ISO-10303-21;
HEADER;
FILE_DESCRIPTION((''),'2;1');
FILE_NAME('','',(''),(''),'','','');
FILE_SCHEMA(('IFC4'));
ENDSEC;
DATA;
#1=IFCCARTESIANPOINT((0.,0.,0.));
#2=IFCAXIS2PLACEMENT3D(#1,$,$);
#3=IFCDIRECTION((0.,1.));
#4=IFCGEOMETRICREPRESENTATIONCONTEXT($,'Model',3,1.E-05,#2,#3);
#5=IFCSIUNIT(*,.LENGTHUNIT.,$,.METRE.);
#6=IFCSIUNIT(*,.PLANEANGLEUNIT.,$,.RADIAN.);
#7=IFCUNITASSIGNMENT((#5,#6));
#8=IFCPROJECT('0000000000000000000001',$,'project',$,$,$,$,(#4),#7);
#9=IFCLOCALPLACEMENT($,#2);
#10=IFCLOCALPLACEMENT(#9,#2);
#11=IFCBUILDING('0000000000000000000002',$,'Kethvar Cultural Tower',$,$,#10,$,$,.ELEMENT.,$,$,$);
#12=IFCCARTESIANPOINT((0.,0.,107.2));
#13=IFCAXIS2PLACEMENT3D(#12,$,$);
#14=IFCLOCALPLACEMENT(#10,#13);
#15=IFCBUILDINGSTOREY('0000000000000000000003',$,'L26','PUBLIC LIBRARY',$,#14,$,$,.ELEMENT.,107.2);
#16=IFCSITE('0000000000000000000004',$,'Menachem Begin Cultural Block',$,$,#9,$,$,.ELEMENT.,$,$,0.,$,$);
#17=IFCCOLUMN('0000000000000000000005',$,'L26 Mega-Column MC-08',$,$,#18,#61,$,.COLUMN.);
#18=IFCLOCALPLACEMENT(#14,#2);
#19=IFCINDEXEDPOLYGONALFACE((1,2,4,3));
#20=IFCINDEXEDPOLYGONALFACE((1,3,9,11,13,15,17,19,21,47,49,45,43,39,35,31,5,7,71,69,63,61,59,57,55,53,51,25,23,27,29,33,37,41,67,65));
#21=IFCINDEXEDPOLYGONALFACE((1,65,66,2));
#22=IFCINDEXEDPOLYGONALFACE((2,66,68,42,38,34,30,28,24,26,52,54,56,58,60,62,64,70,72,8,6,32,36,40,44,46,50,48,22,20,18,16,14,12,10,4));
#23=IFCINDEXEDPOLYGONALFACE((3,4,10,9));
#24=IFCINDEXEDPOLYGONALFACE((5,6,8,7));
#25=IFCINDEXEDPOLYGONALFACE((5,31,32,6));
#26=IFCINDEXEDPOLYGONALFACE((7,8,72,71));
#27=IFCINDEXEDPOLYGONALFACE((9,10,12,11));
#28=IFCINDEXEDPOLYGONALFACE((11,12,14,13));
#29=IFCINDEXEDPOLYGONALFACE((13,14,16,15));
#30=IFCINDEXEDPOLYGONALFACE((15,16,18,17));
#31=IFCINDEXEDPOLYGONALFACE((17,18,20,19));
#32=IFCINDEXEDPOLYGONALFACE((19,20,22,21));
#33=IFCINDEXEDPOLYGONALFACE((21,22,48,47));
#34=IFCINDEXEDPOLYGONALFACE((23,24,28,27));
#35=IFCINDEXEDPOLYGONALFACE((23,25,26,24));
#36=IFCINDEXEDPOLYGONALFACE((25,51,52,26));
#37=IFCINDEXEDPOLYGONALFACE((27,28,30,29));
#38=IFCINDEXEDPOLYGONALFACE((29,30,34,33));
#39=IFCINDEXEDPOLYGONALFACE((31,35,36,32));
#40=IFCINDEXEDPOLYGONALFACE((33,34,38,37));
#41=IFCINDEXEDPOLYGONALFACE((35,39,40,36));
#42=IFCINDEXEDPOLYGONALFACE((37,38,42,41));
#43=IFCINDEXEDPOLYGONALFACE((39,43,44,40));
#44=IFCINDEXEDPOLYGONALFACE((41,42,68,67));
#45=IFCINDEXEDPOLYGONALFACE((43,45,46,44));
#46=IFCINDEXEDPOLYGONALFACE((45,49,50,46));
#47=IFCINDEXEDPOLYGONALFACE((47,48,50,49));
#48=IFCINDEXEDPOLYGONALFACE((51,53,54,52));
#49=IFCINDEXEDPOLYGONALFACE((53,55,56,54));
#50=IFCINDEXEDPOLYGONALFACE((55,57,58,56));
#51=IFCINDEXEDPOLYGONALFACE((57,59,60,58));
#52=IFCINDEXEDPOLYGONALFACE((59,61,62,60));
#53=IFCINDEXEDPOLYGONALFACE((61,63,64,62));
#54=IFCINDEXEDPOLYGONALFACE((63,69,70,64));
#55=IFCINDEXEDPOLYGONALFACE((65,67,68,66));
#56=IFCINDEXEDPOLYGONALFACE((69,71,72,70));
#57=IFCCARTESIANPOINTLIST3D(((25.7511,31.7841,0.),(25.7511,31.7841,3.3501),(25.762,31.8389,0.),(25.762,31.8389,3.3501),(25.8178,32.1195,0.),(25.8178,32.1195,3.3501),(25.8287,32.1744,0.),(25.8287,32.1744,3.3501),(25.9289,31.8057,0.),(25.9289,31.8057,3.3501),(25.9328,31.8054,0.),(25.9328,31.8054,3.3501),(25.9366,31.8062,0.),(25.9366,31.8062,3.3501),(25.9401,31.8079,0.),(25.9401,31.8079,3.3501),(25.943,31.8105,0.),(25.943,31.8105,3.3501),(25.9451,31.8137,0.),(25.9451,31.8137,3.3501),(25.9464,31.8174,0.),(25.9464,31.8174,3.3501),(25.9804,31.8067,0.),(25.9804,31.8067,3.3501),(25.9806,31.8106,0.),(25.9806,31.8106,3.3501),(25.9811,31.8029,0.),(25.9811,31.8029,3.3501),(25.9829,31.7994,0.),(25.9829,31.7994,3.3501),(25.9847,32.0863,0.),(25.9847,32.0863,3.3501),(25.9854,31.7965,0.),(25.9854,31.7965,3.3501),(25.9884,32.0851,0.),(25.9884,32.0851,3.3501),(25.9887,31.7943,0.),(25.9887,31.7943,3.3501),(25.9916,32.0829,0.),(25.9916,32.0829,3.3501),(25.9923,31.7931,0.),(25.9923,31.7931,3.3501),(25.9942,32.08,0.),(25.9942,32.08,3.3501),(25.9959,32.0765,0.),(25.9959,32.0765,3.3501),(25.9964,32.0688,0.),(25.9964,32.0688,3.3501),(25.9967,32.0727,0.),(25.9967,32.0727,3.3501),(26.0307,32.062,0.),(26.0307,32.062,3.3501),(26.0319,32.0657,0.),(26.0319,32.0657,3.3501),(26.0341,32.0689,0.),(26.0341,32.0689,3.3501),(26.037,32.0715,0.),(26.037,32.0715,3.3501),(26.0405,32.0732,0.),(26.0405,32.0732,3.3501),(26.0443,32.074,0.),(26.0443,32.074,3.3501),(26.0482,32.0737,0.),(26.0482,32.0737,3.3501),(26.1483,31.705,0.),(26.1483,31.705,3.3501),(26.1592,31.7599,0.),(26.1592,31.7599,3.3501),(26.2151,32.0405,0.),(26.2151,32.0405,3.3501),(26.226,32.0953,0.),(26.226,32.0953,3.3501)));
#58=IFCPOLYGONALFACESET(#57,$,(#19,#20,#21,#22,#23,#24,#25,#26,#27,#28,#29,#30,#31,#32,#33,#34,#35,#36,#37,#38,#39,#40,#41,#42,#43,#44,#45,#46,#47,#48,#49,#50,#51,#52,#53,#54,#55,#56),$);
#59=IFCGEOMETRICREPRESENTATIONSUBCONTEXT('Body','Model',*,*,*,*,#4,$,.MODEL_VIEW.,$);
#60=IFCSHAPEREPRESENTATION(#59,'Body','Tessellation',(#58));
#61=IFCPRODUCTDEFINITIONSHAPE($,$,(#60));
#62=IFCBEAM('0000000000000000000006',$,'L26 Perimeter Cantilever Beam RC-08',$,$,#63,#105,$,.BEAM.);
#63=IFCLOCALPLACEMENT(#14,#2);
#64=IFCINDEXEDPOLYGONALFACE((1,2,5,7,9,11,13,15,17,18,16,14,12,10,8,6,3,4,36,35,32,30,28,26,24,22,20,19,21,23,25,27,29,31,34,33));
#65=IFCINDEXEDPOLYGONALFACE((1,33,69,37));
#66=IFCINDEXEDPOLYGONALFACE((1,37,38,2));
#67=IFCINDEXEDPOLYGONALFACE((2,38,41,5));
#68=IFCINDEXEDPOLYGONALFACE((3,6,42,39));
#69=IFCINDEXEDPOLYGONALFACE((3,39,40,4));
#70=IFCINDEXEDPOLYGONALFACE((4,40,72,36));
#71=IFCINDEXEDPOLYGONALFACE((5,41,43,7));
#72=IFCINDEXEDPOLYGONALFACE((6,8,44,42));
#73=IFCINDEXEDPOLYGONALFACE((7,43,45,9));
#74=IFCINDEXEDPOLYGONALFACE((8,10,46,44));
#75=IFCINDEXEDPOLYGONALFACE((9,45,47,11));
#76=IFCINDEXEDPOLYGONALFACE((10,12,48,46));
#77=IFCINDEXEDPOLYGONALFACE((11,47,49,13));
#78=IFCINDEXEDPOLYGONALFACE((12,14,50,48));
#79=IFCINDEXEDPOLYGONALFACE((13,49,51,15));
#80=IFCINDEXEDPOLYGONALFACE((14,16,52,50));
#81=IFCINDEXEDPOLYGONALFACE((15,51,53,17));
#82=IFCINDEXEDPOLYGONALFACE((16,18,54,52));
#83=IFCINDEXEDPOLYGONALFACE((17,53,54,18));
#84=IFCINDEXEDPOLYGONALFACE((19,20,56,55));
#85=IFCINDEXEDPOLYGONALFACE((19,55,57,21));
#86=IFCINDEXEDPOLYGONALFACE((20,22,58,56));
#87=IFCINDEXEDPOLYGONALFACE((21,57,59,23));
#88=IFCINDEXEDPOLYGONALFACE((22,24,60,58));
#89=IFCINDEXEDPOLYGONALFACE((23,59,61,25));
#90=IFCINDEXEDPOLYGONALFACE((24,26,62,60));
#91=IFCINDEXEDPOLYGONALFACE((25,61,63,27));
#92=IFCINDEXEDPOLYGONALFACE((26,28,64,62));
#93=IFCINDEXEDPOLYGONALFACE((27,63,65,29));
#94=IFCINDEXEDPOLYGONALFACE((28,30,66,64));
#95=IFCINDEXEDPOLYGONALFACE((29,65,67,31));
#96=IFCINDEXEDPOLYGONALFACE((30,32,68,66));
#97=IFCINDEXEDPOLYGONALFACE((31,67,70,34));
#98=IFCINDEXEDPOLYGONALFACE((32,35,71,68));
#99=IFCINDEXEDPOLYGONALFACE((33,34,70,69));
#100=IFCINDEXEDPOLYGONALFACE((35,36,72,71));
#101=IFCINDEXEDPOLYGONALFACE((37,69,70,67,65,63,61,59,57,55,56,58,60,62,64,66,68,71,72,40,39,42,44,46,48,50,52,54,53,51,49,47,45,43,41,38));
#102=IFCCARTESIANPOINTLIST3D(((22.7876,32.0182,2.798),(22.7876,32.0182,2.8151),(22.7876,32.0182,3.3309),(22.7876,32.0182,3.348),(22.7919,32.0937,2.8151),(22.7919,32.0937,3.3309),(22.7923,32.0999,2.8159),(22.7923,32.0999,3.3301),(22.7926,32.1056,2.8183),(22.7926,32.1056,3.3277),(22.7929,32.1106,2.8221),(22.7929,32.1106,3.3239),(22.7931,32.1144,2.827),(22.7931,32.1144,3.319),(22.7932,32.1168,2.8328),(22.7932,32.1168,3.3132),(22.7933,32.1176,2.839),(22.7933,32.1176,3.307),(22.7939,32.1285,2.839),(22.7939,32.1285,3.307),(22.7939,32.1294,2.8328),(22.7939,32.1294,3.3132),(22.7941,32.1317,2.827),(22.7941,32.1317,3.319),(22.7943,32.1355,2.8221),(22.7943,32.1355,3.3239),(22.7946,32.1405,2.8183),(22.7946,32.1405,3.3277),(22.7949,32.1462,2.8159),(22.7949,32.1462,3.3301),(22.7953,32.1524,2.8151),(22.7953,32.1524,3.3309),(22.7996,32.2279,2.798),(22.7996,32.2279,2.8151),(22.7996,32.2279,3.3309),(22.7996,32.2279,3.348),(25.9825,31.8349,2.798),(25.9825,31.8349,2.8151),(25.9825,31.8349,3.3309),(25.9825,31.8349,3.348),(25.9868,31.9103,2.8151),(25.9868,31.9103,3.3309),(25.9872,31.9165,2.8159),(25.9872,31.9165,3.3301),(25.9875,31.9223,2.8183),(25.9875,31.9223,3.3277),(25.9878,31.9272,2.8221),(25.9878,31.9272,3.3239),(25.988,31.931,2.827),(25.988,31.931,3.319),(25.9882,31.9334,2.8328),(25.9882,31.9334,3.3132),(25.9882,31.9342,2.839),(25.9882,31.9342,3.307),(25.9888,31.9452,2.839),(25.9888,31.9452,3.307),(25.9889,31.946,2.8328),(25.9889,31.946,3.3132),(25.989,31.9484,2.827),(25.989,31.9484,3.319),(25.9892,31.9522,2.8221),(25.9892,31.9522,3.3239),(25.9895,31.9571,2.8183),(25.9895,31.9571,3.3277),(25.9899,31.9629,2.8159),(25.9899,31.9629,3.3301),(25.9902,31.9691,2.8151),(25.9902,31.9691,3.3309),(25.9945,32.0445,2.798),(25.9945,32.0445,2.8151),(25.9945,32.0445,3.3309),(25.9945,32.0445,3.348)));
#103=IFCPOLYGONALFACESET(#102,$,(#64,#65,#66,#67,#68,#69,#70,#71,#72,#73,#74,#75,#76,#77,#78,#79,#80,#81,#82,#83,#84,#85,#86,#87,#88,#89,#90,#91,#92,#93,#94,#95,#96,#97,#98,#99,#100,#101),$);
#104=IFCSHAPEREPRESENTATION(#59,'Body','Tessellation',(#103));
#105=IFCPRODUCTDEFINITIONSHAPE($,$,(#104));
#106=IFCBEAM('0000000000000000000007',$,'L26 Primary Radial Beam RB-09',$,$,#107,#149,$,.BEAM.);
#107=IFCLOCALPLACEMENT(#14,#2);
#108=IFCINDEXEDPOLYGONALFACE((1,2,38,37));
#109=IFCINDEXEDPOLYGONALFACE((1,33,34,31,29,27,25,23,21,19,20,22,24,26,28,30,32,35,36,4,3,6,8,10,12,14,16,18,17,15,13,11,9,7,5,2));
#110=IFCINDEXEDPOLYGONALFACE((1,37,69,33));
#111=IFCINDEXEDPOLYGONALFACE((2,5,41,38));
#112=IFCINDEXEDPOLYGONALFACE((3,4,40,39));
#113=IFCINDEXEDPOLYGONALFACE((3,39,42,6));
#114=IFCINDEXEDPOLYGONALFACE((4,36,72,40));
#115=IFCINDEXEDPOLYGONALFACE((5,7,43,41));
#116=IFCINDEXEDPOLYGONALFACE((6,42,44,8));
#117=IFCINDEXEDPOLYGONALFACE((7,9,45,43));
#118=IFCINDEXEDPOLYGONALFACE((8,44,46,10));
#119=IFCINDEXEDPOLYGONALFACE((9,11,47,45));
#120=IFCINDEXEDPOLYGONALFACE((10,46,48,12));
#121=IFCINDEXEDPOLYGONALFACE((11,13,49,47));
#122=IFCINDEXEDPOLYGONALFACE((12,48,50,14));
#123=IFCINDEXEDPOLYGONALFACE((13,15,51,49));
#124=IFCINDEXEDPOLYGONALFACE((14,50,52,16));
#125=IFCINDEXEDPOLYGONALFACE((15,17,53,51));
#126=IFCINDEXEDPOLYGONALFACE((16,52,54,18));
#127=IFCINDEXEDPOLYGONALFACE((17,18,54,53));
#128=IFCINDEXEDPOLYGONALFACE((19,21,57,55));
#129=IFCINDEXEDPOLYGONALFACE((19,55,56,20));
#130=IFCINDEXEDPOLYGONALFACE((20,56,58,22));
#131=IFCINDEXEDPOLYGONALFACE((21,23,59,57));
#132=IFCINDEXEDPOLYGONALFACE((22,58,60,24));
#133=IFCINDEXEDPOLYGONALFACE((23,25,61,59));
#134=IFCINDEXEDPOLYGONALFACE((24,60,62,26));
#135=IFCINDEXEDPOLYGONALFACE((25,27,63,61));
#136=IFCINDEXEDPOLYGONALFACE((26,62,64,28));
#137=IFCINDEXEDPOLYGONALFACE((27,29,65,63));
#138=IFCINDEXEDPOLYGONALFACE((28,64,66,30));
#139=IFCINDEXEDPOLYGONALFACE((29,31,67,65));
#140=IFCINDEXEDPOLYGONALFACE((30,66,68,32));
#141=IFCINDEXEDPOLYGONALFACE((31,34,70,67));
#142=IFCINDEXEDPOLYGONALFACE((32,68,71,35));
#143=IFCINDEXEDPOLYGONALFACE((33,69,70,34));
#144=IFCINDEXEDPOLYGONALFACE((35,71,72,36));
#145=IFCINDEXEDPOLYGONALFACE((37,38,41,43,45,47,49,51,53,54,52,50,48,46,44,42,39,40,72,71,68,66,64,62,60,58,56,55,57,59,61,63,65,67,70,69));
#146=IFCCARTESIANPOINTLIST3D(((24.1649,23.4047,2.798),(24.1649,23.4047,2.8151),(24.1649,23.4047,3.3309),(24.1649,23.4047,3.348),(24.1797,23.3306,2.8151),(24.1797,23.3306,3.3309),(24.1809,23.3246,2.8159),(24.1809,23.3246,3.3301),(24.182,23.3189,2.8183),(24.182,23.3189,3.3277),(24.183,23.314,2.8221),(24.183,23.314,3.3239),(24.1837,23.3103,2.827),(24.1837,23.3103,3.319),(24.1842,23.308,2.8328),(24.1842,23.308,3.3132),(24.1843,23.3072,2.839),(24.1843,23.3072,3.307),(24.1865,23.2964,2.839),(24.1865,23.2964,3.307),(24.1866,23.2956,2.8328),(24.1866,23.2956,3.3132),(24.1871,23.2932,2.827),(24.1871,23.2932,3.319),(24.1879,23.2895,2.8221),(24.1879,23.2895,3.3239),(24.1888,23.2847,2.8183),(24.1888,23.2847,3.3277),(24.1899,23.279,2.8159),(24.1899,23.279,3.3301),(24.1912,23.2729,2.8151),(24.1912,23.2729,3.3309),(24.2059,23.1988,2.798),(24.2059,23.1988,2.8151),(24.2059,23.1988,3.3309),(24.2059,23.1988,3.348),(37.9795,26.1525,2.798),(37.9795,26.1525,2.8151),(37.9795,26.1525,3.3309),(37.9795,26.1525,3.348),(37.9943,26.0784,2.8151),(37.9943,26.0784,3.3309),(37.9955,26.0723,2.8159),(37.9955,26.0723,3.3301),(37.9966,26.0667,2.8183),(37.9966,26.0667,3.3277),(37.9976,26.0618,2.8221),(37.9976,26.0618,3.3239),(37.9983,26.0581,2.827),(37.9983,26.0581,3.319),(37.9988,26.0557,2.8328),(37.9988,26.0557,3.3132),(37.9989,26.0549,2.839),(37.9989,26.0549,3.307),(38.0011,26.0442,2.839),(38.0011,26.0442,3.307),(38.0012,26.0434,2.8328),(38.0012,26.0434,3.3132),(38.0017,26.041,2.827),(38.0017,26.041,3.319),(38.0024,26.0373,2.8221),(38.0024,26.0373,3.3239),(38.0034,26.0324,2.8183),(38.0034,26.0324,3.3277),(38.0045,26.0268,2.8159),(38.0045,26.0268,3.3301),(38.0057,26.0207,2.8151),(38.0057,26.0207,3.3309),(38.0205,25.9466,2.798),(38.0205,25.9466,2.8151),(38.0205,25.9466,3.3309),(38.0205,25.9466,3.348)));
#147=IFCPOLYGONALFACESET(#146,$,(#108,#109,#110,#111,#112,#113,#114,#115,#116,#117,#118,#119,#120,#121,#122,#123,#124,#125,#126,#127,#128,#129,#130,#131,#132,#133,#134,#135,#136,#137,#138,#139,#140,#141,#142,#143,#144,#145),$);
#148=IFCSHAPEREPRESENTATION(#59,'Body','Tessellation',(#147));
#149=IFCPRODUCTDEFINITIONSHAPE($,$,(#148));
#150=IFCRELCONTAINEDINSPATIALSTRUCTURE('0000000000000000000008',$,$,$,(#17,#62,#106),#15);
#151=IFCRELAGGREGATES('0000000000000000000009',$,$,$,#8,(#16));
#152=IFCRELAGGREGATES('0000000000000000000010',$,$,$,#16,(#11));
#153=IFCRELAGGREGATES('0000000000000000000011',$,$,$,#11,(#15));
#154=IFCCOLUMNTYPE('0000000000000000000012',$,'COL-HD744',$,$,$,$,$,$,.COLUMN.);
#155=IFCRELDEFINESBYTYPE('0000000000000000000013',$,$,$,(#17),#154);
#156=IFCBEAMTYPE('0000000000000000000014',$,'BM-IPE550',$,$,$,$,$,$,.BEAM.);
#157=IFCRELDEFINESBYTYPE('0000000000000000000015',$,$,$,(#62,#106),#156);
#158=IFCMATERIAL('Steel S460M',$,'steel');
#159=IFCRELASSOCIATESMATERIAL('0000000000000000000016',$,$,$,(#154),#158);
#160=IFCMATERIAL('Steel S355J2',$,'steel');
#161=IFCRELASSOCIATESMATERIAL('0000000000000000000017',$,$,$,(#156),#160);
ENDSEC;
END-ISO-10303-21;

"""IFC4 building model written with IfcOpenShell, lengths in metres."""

from ifc_helpers import new_model, si_unit, direction, frame, origin, origin_2d, place, context, subcontext, project, spatial, i_section, extrude, source, transform, mapped, material, material_profile, profile_set, type_object, element, save


model = new_model("IFC4")

# Units and contexts
model_context = context("Model", 3, precision=1e-05, world=origin(), true_north=direction((0.0, 1.0)))
body_context = subcontext(model_context, "Body", "Model", "MODEL_VIEW")
ifc_project = project(units=[si_unit("LENGTHUNIT", "METRE"), si_unit("PLANEANGLEUNIT", "RADIAN")], contexts=[model_context])

# Site, building, storey
site_placement = place(None, origin())
site = spatial("IfcSite", under=ifc_project, at=site_placement, Name="Menachem Begin Cultural Block", CompositionType="ELEMENT", RefElevation=0.0)
building_placement = place(site_placement, origin())
building = spatial("IfcBuilding", under=site, at=building_placement, Name="Kethvar Cultural Tower", CompositionType="ELEMENT")
storey_placement = place(building_placement, frame((0.0, 0.0, 107.2)))
storey = spatial("IfcBuildingStorey", under=building, at=storey_placement, Name="L26", Description="PUBLIC LIBRARY", CompositionType="ELEMENT", Elevation=107.2)

# Column
ifc_material_1 = material(Name="Steel S460M", Category="steel")
ifc_material_profile_1 = material_profile(ifc_material_1, i_section(OverallWidth=0.405, OverallDepth=0.3979, WebThickness=0.0349, FlangeThickness=0.0559, FilletRadius=0.0149, at=origin_2d()), Name="Steel S460M — HD400x744")
ifc_profile_set_1 = profile_set([ifc_material_profile_1], Name="Steel S460M — HD400x744")
column_type = type_object("IfcColumnType", Name="COL-HD744", PredefinedType="COLUMN", material=ifc_profile_set_1)
shared_shape_1 = source(origin(), body_context, "Body", "SweptSolid", [
    extrude(i_section(OverallWidth=0.405, OverallDepth=0.3979, WebThickness=0.0349, FlangeThickness=0.0559, FilletRadius=0.0149, at=origin_2d()), origin(), (0.0, 0.0, 1.0), 3.3501),
])
column_placement = place(storey_placement, frame((25.9885, 31.9397, 0.0), z_axis=(0.0, 0.0, 1.0), x_axis=(-0.980785, 0.19509, 0.0)))
element("IfcColumn", 1, at=column_placement, inside=storey, type_object=column_type, Name="L26 Mega-Column MC-08", PredefinedType="COLUMN", context=body_context, shape_type="MappedRepresentation", body=[
    mapped(shared_shape_1, transform((0.0, 0.0, 0.0), scale=1.0)),
])

# Beams
ifc_material_2 = material(Name="Steel S355J2", Category="steel")
ifc_material_profile_2 = material_profile(ifc_material_2, i_section(OverallWidth=0.21, OverallDepth=0.55, WebThickness=0.011, FlangeThickness=0.0171, FilletRadius=0.0239, at=origin_2d()), Name="Steel S355J2 — IPE550")
ifc_profile_set_2 = profile_set([ifc_material_profile_2], Name="Steel S355J2 — IPE550")
beam_type_1 = type_object("IfcBeamType", Name="BM-IPE550", PredefinedType="BEAM", material=ifc_profile_set_2)
shared_shape_2 = source(origin(), body_context, "Body", "SweptSolid", [
    extrude(i_section(OverallWidth=0.21, OverallDepth=0.55, WebThickness=0.011, FlangeThickness=0.0171, FilletRadius=0.0239, at=origin_2d()), origin(), (0.0, 0.0, 1.0), 3.2002),
])
beam_1_placement = place(storey_placement, frame((25.9885, 31.9397, 3.073), z_axis=(-0.998357, 0.057295, 0.0), x_axis=(-0.057295, -0.998357, 0.0)))
element("IfcBeam", 2, at=beam_1_placement, inside=storey, type_object=beam_type_1, Name="L26 Perimeter Cantilever Beam RC-08", PredefinedType="BEAM", context=body_context, shape_type="MappedRepresentation", body=[
    mapped(shared_shape_2, transform((0.0, 0.0, 0.0), scale=1.0)),
])
shared_shape_3 = source(origin(), body_context, "Body", "SweptSolid", [
    extrude(i_section(OverallWidth=0.21, OverallDepth=0.55, WebThickness=0.011, FlangeThickness=0.0171, FilletRadius=0.0239, at=origin_2d()), origin(), (0.0, 0.0, 1.0), 14.0852),
])
beam_2_placement = place(storey_placement, frame((38.0, 26.0496, 3.073), z_axis=(-0.980787, -0.195083, 0.0), x_axis=(0.195083, -0.980787, 0.0)))
element("IfcBeam", 3, at=beam_2_placement, inside=storey, type_object=beam_type_1, Name="L26 Primary Radial Beam RB-09", PredefinedType="BEAM", context=body_context, shape_type="MappedRepresentation", body=[
    mapped(shared_shape_3, transform((0.0, 0.0, 0.0), scale=1.0)),
])

save(model, "model.ifc")
